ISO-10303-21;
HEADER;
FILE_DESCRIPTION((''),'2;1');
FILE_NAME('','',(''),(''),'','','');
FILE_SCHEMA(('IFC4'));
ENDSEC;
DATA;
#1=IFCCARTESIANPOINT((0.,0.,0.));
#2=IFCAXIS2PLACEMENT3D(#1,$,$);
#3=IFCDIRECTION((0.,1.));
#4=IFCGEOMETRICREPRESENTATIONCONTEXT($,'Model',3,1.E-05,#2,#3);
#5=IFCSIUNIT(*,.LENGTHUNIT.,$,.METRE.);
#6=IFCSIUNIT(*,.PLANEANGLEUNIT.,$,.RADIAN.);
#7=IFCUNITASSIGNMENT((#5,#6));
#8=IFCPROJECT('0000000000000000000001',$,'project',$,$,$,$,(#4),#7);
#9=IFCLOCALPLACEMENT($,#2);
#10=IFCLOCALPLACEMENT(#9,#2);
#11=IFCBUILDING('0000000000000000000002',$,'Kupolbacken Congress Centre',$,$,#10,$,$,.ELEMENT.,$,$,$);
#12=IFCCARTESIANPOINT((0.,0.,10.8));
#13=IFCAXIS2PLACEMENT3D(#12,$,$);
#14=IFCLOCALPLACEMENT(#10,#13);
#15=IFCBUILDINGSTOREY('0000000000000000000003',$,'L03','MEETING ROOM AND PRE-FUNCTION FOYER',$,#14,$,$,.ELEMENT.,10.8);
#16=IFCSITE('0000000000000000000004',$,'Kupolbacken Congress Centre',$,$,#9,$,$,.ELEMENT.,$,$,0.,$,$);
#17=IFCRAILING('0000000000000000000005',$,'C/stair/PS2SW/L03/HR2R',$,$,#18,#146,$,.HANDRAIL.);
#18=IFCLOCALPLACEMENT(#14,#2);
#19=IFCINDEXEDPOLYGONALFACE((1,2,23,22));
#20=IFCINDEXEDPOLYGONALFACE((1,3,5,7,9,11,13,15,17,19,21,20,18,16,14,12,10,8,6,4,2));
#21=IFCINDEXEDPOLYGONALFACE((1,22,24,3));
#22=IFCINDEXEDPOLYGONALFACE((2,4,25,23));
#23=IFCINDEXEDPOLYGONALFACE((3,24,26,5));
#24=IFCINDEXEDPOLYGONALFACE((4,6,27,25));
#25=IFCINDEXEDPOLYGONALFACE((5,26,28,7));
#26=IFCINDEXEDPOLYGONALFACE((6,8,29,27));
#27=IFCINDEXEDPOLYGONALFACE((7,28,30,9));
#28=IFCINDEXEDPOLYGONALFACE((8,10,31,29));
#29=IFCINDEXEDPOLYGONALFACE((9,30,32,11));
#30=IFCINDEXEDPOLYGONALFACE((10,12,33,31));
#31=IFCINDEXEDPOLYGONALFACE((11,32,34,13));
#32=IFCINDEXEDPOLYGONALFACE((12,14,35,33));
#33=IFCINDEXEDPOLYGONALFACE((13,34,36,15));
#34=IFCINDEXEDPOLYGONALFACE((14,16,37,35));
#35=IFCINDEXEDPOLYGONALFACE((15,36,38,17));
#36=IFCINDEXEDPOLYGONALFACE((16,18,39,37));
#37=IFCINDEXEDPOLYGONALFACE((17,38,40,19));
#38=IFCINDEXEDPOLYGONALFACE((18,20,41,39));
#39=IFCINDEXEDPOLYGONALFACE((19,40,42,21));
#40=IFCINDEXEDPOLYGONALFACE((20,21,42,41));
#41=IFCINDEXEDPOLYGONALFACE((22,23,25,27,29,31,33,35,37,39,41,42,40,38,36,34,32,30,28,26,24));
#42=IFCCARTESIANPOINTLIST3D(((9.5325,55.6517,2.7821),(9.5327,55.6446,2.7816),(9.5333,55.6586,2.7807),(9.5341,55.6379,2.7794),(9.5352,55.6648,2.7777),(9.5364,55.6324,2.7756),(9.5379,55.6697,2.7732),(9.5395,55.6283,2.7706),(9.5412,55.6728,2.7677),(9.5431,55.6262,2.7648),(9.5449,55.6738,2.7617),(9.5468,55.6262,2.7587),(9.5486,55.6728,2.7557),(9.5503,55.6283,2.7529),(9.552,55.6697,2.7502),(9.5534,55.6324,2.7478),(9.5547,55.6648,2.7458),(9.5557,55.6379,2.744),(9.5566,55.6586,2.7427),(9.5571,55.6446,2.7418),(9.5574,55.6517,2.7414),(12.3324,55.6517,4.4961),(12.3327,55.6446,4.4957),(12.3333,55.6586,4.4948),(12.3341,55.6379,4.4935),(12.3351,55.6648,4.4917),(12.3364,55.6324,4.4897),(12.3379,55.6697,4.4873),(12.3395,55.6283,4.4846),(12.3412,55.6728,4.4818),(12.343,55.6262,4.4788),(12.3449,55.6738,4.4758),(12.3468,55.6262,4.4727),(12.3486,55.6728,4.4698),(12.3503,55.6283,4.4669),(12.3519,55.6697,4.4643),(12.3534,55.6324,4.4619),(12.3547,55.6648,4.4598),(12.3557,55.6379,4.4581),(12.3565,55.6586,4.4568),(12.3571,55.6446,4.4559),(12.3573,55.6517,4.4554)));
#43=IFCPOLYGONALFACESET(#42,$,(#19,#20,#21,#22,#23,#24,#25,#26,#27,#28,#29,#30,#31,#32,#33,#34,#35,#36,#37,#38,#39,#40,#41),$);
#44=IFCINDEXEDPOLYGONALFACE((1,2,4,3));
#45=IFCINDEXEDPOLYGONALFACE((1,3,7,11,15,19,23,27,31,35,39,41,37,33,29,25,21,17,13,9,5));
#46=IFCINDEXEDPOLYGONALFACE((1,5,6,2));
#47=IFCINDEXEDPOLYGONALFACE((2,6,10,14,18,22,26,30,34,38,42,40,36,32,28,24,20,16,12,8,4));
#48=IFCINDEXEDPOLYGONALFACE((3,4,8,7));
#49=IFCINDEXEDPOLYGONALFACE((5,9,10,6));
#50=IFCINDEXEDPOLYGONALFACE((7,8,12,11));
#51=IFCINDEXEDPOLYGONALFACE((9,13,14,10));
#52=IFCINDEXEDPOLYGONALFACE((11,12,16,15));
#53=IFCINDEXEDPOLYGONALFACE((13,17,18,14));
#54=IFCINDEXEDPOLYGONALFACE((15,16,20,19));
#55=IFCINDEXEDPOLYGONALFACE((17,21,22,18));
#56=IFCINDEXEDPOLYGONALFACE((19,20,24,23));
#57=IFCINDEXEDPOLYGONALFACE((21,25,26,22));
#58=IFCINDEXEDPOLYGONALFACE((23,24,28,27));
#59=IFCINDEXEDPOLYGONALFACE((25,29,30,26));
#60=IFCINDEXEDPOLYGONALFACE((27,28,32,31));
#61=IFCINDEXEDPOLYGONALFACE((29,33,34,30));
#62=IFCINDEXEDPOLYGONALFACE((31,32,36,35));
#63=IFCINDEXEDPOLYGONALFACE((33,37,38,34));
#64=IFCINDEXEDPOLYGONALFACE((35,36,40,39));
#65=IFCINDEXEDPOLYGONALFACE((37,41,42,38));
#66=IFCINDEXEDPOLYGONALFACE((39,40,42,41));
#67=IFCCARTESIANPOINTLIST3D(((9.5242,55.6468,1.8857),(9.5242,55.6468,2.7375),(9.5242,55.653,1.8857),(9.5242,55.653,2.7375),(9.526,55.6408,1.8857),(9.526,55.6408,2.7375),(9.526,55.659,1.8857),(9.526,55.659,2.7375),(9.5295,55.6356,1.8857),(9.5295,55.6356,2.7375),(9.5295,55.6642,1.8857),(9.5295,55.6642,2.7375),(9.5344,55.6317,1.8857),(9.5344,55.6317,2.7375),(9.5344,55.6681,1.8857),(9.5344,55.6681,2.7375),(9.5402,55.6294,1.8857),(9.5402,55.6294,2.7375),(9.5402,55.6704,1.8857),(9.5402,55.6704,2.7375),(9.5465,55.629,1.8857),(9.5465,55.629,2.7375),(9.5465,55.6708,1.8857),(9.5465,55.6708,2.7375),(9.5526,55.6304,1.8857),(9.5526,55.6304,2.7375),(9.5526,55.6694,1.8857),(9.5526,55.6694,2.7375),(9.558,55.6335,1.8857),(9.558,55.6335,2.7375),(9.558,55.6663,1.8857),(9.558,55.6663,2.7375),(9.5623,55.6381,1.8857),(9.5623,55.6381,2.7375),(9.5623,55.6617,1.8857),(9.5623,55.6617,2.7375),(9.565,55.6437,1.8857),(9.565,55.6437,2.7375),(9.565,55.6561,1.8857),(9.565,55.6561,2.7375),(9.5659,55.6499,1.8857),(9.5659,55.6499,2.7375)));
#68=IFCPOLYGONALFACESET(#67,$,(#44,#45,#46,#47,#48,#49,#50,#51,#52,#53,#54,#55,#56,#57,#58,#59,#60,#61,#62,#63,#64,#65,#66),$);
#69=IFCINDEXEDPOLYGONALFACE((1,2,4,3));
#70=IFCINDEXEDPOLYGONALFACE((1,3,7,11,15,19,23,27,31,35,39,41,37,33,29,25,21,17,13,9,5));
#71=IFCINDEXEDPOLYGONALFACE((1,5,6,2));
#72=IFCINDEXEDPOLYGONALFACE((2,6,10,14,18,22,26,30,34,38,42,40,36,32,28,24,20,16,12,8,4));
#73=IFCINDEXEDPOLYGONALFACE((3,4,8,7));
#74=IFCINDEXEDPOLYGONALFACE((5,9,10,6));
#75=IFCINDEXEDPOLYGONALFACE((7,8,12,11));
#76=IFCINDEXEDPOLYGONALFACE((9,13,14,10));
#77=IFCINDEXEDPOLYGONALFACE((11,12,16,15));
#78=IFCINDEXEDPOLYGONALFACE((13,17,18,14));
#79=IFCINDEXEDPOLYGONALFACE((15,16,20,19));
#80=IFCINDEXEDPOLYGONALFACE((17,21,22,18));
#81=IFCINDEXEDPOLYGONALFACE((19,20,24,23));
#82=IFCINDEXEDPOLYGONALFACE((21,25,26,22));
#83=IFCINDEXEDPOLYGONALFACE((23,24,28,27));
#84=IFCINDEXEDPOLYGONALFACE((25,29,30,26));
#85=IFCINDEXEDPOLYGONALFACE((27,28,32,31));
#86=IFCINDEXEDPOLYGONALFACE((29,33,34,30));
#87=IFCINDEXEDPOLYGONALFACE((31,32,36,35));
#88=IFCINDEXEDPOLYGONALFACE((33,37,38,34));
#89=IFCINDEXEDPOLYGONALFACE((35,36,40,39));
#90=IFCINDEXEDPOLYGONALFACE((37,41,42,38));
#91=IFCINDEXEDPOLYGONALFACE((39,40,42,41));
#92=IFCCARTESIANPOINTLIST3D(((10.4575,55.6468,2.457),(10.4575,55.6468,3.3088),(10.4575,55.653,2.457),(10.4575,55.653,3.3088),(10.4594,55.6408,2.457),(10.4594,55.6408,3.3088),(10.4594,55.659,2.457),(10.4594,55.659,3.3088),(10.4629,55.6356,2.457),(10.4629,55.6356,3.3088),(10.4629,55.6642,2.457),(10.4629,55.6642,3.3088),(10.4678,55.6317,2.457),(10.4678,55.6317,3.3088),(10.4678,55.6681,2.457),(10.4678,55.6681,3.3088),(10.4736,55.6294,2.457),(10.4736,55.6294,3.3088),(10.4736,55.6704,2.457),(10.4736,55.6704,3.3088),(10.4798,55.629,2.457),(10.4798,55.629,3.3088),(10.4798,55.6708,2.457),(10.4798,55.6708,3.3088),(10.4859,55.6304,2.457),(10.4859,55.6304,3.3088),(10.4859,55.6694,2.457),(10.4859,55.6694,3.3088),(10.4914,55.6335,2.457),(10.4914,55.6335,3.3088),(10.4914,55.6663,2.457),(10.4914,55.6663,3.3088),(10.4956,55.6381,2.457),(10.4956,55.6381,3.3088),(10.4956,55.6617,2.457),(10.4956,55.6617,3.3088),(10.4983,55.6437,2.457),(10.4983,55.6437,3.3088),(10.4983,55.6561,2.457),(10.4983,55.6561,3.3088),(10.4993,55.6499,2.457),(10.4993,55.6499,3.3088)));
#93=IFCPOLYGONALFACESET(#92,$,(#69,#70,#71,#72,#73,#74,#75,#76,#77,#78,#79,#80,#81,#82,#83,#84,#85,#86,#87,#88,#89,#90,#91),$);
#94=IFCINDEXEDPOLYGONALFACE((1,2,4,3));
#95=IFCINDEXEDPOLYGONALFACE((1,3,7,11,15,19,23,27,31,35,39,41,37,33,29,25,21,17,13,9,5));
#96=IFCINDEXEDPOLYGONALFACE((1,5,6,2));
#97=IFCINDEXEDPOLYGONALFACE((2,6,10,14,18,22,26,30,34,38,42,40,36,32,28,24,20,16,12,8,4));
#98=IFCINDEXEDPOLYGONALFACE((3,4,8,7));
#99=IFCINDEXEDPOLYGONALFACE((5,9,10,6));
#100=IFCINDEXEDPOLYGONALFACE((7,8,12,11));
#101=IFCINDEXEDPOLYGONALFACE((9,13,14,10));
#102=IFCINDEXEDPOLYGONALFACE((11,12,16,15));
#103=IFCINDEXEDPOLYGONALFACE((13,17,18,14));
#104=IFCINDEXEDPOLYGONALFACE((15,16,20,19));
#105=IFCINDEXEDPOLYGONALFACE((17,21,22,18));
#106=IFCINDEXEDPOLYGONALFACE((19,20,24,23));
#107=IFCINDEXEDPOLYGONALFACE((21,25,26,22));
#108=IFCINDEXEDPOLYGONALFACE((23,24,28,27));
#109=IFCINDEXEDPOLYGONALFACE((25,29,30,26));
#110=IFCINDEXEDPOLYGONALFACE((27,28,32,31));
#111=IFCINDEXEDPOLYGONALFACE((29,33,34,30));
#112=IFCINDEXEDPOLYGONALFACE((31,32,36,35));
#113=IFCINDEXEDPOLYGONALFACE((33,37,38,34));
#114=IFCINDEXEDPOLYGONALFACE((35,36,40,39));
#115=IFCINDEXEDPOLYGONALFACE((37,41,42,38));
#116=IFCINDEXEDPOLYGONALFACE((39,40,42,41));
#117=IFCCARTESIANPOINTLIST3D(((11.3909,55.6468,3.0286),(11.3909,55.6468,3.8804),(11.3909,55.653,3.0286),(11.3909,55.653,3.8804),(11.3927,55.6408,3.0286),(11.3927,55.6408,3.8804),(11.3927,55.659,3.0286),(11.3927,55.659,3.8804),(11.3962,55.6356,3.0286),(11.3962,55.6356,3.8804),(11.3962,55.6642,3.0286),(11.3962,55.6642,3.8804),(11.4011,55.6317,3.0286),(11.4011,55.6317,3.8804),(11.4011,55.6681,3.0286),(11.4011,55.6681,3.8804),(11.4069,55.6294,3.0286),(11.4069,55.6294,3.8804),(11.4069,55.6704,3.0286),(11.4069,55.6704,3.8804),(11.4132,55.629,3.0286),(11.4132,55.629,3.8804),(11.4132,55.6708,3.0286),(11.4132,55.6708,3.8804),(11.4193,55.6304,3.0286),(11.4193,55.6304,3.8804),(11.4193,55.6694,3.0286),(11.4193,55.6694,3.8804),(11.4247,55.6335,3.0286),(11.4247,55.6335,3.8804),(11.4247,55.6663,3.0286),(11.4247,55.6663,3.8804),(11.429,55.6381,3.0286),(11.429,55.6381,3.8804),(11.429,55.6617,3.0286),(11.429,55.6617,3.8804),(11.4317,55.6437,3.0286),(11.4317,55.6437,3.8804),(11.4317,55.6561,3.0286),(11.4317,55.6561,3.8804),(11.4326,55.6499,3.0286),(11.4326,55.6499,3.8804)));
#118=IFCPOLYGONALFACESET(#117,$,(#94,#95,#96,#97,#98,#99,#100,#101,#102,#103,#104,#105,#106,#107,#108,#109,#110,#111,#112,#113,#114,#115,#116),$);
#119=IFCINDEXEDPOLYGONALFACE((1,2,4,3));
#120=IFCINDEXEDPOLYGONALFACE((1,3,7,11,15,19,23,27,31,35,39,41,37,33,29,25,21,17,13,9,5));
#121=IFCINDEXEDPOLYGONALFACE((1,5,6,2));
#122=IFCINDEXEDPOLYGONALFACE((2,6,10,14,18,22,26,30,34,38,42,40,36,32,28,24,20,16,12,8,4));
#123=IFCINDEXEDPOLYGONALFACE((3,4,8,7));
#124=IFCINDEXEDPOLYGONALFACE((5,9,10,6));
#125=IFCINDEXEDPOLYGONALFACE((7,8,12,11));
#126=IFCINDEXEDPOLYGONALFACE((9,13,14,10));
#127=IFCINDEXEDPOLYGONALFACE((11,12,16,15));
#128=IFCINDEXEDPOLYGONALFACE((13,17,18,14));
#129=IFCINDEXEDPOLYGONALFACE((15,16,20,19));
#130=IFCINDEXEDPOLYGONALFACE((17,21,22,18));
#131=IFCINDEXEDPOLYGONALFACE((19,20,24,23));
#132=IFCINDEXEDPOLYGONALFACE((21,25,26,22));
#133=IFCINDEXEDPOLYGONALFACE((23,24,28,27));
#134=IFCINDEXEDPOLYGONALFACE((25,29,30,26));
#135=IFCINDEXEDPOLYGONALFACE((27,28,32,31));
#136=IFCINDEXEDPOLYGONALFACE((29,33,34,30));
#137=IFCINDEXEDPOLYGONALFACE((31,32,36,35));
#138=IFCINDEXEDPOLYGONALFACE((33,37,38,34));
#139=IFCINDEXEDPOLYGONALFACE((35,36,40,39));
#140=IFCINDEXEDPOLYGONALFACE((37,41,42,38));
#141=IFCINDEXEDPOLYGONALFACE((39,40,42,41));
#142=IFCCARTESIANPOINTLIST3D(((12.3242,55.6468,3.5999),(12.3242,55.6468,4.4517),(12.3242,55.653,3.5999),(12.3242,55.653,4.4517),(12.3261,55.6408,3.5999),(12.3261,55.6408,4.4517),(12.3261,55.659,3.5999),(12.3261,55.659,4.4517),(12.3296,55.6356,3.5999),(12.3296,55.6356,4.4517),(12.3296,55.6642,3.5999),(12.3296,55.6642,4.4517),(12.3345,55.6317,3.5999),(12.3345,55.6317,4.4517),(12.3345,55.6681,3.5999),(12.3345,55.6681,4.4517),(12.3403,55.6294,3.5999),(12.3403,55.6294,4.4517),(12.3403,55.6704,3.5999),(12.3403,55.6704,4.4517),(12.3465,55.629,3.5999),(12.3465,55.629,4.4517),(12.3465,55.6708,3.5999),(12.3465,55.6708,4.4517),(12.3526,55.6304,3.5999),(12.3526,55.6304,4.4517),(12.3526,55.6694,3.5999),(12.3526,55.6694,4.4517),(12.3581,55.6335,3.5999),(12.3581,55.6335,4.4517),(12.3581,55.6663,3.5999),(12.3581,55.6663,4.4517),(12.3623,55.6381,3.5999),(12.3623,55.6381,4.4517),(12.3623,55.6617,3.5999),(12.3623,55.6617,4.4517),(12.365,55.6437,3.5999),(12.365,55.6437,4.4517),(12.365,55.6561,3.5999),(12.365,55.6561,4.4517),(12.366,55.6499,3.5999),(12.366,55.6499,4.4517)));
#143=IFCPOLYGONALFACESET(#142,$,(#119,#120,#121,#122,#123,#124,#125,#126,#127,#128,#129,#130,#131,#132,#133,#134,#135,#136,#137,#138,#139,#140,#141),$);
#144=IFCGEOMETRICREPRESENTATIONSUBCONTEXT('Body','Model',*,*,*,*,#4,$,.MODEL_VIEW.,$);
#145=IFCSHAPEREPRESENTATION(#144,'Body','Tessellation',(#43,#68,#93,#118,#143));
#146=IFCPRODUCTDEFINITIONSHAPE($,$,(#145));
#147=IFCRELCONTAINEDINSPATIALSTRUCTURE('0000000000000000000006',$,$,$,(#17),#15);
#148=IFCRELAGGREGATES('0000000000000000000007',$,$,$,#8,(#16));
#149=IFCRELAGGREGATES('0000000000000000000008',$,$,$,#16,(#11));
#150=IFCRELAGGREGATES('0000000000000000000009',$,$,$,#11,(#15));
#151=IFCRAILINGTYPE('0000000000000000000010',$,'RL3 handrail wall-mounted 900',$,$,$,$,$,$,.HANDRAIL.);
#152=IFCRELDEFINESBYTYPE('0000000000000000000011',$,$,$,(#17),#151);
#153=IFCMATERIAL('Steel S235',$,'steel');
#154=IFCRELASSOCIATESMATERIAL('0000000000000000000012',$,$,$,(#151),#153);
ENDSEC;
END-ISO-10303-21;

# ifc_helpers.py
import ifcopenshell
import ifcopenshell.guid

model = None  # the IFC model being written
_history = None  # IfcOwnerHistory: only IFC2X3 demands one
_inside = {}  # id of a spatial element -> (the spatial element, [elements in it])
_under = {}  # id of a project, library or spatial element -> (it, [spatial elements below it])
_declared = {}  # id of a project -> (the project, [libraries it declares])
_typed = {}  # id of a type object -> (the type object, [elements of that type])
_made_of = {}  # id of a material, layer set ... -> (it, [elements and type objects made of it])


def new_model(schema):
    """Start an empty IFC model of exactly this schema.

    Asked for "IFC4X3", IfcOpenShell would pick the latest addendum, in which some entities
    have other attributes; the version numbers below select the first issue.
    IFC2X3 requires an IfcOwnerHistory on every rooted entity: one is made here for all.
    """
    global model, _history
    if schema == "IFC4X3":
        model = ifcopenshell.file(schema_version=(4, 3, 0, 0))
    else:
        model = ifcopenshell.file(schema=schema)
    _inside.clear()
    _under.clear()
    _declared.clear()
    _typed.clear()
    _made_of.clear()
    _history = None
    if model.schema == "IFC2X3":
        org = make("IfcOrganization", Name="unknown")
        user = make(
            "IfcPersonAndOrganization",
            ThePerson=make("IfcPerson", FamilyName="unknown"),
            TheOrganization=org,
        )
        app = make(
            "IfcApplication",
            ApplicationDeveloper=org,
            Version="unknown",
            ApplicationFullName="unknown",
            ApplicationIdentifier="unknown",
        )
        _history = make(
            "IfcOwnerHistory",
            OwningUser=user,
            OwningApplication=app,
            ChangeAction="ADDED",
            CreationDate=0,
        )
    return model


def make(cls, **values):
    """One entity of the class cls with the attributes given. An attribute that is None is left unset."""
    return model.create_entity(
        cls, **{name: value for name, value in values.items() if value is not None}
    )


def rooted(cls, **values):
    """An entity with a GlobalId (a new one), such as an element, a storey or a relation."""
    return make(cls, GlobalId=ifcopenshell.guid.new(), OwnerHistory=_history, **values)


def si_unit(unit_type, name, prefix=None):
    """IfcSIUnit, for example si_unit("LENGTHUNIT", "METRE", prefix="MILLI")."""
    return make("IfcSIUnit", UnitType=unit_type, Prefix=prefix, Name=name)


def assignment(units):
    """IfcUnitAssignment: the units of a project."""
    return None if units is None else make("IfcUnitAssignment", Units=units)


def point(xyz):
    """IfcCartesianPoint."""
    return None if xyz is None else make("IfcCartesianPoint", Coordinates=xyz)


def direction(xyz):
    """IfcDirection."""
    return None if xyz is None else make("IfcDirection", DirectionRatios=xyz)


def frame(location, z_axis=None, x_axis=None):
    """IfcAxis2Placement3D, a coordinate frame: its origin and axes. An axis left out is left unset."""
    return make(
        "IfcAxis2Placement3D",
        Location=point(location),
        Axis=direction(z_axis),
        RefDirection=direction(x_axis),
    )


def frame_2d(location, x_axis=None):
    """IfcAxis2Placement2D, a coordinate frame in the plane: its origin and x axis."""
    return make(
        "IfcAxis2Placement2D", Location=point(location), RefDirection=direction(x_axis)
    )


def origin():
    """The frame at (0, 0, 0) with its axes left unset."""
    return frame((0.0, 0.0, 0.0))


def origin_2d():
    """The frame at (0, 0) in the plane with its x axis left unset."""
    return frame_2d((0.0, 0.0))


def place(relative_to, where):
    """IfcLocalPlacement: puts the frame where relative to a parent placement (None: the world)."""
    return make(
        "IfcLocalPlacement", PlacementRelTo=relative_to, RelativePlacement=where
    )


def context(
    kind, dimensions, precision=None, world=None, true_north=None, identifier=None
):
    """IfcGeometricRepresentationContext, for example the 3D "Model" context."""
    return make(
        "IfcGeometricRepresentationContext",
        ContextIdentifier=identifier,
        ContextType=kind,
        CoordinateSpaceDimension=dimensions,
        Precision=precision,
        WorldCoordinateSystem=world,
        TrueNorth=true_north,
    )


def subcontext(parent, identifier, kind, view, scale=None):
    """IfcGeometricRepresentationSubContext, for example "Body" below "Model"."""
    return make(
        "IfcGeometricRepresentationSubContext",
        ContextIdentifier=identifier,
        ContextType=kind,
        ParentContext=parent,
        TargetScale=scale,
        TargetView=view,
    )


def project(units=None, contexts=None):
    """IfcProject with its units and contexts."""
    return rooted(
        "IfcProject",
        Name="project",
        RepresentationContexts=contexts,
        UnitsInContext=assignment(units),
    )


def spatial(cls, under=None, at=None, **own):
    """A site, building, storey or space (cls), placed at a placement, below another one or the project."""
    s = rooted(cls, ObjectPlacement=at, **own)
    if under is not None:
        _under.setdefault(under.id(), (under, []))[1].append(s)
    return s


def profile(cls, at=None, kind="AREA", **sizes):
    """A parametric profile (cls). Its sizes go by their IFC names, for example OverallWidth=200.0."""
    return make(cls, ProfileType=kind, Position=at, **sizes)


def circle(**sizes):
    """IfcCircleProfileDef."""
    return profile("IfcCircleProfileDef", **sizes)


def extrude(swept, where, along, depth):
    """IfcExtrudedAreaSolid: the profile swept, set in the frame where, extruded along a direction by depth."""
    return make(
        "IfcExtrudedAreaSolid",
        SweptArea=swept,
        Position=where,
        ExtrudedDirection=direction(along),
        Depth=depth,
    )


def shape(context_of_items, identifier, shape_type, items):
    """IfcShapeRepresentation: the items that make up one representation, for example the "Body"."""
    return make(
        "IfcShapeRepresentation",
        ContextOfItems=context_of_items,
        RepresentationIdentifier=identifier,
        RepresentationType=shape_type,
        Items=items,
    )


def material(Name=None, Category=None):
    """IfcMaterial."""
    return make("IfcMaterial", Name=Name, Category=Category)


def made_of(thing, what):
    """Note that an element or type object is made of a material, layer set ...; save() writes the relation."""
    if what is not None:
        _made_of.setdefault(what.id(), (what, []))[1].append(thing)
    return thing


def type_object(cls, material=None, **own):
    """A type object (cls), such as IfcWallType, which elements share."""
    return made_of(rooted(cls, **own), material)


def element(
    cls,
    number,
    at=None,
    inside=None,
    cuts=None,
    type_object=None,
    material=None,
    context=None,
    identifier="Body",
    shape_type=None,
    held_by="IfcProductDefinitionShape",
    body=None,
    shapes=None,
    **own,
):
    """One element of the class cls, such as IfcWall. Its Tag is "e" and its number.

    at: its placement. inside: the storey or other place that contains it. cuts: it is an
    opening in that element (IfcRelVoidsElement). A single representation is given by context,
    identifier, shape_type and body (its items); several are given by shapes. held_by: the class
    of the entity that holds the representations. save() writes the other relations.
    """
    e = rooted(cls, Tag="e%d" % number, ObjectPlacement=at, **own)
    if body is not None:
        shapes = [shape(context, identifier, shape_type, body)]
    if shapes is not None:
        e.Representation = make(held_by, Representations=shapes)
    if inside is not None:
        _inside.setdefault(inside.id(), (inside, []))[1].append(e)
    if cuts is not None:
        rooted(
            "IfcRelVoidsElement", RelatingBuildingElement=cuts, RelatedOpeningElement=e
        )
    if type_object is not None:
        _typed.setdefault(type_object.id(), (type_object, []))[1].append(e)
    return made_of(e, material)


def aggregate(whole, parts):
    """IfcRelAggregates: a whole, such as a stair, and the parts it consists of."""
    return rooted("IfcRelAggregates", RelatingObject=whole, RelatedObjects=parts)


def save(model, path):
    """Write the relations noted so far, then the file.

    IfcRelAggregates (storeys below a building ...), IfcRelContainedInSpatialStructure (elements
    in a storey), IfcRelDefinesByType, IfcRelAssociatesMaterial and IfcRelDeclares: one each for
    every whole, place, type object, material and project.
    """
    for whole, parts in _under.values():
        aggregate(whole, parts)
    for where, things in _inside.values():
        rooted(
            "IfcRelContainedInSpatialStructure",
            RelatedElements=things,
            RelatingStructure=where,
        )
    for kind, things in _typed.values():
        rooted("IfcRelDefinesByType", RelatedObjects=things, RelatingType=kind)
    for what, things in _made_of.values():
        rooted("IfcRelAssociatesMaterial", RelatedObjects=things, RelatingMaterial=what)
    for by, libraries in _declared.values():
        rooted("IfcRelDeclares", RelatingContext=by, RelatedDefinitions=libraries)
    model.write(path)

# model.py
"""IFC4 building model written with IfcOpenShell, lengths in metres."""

from ifc_helpers import new_model, si_unit, direction, frame, origin, origin_2d, place, context, subcontext, project, spatial, circle, extrude, material, type_object, element, save


model = new_model("IFC4")

# Units and contexts
model_context = context("Model", 3, precision=1e-05, world=origin(), true_north=direction((0.0, 1.0)))
body_context = subcontext(model_context, "Body", "Model", "MODEL_VIEW")
ifc_project = project(units=[si_unit("LENGTHUNIT", "METRE"), si_unit("PLANEANGLEUNIT", "RADIAN")], contexts=[model_context])

# Site, building, storey
site_placement = place(None, origin())
site = spatial("IfcSite", under=ifc_project, at=site_placement, Name="Kupolbacken Congress Centre", CompositionType="ELEMENT", RefElevation=0.0)
building_placement = place(site_placement, origin())
building = spatial("IfcBuilding", under=site, at=building_placement, Name="Kupolbacken Congress Centre", CompositionType="ELEMENT")
storey_placement = place(building_placement, frame((0.0, 0.0, 10.8)))
storey = spatial("IfcBuildingStorey", under=building, at=storey_placement, Name="L03", Description="MEETING ROOM AND PRE-FUNCTION FOYER", CompositionType="ELEMENT", Elevation=10.8)

# Railing
ifc_material_1 = material(Name="Steel S235", Category="steel")
railing_type = type_object("IfcRailingType", Name="RL3 handrail wall-mounted 900", PredefinedType="HANDRAIL", material=ifc_material_1)
for number, where, name in (
    (1, (9.5449, 55.6499, 1.8857), "C/stair/PS2SW/L03/HR2R"),
):
    element("IfcRailing", number, at=place(storey_placement, frame(where)), inside=storey, type_object=railing_type, Name=name, PredefinedType="HANDRAIL", context=body_context, shape_type="SweptSolid", body=[
        extrude(circle(Radius=0.0239, at=origin_2d()), frame((0.0, 0.0, 0.876), z_axis=(0.852879, 0.0, 0.522109), x_axis=(0.0, 1.0, 0.0)), (0.0, 0.0, 1.0), 3.283),
        extrude(circle(Radius=0.021, at=origin_2d()), origin(), (0.0, 0.0, 1.0), 0.8518),
        extrude(circle(Radius=0.021, at=origin_2d()), frame((0.9333, 0.0, 0.5713)), (0.0, 0.0, 1.0), 0.8518),
        extrude(circle(Radius=0.021, at=origin_2d()), frame((1.8667, 0.0, 1.1428)), (0.0, 0.0, 1.0), 0.8518),
        extrude(circle(Radius=0.021, at=origin_2d()), frame((2.8, 0.0, 1.7141)), (0.0, 0.0, 1.0), 0.8518),
    ])

save(model, "model.ifc")
